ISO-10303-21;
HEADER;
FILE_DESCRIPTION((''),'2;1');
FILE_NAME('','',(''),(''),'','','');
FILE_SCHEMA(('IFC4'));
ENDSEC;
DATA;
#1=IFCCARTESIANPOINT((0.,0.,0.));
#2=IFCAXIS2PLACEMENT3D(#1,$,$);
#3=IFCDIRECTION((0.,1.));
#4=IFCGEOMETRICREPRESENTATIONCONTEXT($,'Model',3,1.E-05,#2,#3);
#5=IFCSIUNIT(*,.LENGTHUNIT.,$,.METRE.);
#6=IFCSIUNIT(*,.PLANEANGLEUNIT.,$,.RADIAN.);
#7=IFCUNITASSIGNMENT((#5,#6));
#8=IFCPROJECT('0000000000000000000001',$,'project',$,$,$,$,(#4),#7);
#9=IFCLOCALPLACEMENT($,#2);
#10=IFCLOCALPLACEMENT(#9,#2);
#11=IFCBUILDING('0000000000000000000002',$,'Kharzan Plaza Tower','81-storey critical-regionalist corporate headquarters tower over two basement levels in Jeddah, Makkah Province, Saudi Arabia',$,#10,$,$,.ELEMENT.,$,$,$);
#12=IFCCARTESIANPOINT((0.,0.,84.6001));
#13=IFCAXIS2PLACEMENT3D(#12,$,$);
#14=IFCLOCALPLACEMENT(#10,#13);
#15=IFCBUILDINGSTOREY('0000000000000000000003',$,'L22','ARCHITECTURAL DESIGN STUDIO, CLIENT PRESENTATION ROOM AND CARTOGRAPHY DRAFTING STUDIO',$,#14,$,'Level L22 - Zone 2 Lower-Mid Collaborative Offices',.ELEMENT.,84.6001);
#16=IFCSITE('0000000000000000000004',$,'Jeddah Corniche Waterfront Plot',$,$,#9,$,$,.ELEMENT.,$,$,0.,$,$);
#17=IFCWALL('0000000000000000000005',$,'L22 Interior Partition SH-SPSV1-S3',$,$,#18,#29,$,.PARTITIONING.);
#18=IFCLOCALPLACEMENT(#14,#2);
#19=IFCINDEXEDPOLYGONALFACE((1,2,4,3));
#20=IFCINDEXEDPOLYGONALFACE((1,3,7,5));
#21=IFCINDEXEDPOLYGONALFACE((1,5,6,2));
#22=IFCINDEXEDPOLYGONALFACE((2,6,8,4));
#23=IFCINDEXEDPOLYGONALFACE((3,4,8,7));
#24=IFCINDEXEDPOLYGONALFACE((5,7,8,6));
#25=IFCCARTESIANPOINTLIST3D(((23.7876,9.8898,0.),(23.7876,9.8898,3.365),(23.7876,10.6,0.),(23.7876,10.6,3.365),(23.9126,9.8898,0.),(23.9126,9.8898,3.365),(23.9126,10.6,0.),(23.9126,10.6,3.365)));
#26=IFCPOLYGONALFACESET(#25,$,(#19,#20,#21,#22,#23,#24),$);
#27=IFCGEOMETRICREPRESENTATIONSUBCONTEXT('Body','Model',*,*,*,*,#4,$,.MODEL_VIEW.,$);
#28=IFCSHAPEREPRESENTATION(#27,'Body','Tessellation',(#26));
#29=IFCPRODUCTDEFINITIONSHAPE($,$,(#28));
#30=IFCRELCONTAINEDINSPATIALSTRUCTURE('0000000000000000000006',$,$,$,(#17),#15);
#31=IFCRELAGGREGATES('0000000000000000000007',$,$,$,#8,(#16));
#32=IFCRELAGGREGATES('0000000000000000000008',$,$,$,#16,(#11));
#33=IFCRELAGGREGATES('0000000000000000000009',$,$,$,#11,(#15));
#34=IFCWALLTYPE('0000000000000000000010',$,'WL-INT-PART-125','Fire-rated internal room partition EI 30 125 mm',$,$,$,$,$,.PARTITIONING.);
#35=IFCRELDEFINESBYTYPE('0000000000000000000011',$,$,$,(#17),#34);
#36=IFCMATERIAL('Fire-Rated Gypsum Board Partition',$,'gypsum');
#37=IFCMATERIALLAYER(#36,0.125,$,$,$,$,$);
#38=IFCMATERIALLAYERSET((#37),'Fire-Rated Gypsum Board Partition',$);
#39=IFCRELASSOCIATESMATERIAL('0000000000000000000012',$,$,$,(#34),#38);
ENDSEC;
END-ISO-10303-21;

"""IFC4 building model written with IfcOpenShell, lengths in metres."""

from ifc_helpers import new_model, si_unit, direction, frame, frame_2d, origin, place, context, subcontext, project, spatial, rectangle, extrude, source, transform, mapped, material, layer, layer_set, type_object, element, save


model = new_model("IFC4")

# Units and contexts
model_context = context("Model", 3, precision=1e-05, world=origin(), true_north=direction((0.0, 1.0)))
body_context = subcontext(model_context, "Body", "Model", "MODEL_VIEW")
ifc_project = project(units=[si_unit("LENGTHUNIT", "METRE"), si_unit("PLANEANGLEUNIT", "RADIAN")], contexts=[model_context])

# Site, building, storey
site_placement = place(None, origin())
site = spatial("IfcSite", under=ifc_project, at=site_placement, Name="Jeddah Corniche Waterfront Plot", CompositionType="ELEMENT", RefElevation=0.0)
building_placement = place(site_placement, origin())
building = spatial("IfcBuilding", under=site, at=building_placement, Name="Kharzan Plaza Tower", Description="81-storey critical-regionalist corporate headquarters tower over two basement levels in Jeddah, Makkah Province, Saudi Arabia", CompositionType="ELEMENT")
storey_placement = place(building_placement, frame((0.0, 0.0, 84.6001)))
storey = spatial("IfcBuildingStorey", under=building, at=storey_placement, Name="L22", Description="ARCHITECTURAL DESIGN STUDIO, CLIENT PRESENTATION ROOM AND CARTOGRAPHY DRAFTING STUDIO", LongName="Level L22 - Zone 2 Lower-Mid Collaborative Offices", CompositionType="ELEMENT", Elevation=84.6001)

# Shared definitions
ifc_material_1 = material(Name="Fire-Rated Gypsum Board Partition", Category="gypsum")
ifc_layer_1 = layer(ifc_material_1, 0.125)
ifc_layer_set_1 = layer_set([ifc_layer_1], Name="Fire-Rated Gypsum Board Partition")
wall_type_1 = type_object("IfcWallType", Name="WL-INT-PART-125", Description="Fire-rated internal room partition EI 30 125 mm", PredefinedType="PARTITIONING", material=ifc_layer_set_1)

# Wall
shared_shape_1 = source(origin(), body_context, "Body", "SweptSolid", [
    extrude(rectangle(XDim=0.7102, YDim=0.125, at=frame_2d((0.355, 0.0))), origin(), (0.0, 0.0, 1.0), 3.365),
])
wall_1_placement = place(storey_placement, frame((23.8501, 9.8899, 0.0), z_axis=(0.0, 0.0, 1.0), x_axis=(0.0, 1.0, 0.0)))
element("IfcWall", 1, at=wall_1_placement, inside=storey, type_object=wall_type_1, Name="L22 Interior Partition SH-SPSV1-S3", PredefinedType="PARTITIONING", context=body_context, shape_type="MappedRepresentation", body=[
    mapped(shared_shape_1, transform((0.0, 0.0, 0.0), x_axis=(1.0, 0.0, 0.0), y_axis=(0.0, 1.0, 0.0), z_axis=(0.0, 0.0, 1.0))),
])

save(model, "model.ifc")
